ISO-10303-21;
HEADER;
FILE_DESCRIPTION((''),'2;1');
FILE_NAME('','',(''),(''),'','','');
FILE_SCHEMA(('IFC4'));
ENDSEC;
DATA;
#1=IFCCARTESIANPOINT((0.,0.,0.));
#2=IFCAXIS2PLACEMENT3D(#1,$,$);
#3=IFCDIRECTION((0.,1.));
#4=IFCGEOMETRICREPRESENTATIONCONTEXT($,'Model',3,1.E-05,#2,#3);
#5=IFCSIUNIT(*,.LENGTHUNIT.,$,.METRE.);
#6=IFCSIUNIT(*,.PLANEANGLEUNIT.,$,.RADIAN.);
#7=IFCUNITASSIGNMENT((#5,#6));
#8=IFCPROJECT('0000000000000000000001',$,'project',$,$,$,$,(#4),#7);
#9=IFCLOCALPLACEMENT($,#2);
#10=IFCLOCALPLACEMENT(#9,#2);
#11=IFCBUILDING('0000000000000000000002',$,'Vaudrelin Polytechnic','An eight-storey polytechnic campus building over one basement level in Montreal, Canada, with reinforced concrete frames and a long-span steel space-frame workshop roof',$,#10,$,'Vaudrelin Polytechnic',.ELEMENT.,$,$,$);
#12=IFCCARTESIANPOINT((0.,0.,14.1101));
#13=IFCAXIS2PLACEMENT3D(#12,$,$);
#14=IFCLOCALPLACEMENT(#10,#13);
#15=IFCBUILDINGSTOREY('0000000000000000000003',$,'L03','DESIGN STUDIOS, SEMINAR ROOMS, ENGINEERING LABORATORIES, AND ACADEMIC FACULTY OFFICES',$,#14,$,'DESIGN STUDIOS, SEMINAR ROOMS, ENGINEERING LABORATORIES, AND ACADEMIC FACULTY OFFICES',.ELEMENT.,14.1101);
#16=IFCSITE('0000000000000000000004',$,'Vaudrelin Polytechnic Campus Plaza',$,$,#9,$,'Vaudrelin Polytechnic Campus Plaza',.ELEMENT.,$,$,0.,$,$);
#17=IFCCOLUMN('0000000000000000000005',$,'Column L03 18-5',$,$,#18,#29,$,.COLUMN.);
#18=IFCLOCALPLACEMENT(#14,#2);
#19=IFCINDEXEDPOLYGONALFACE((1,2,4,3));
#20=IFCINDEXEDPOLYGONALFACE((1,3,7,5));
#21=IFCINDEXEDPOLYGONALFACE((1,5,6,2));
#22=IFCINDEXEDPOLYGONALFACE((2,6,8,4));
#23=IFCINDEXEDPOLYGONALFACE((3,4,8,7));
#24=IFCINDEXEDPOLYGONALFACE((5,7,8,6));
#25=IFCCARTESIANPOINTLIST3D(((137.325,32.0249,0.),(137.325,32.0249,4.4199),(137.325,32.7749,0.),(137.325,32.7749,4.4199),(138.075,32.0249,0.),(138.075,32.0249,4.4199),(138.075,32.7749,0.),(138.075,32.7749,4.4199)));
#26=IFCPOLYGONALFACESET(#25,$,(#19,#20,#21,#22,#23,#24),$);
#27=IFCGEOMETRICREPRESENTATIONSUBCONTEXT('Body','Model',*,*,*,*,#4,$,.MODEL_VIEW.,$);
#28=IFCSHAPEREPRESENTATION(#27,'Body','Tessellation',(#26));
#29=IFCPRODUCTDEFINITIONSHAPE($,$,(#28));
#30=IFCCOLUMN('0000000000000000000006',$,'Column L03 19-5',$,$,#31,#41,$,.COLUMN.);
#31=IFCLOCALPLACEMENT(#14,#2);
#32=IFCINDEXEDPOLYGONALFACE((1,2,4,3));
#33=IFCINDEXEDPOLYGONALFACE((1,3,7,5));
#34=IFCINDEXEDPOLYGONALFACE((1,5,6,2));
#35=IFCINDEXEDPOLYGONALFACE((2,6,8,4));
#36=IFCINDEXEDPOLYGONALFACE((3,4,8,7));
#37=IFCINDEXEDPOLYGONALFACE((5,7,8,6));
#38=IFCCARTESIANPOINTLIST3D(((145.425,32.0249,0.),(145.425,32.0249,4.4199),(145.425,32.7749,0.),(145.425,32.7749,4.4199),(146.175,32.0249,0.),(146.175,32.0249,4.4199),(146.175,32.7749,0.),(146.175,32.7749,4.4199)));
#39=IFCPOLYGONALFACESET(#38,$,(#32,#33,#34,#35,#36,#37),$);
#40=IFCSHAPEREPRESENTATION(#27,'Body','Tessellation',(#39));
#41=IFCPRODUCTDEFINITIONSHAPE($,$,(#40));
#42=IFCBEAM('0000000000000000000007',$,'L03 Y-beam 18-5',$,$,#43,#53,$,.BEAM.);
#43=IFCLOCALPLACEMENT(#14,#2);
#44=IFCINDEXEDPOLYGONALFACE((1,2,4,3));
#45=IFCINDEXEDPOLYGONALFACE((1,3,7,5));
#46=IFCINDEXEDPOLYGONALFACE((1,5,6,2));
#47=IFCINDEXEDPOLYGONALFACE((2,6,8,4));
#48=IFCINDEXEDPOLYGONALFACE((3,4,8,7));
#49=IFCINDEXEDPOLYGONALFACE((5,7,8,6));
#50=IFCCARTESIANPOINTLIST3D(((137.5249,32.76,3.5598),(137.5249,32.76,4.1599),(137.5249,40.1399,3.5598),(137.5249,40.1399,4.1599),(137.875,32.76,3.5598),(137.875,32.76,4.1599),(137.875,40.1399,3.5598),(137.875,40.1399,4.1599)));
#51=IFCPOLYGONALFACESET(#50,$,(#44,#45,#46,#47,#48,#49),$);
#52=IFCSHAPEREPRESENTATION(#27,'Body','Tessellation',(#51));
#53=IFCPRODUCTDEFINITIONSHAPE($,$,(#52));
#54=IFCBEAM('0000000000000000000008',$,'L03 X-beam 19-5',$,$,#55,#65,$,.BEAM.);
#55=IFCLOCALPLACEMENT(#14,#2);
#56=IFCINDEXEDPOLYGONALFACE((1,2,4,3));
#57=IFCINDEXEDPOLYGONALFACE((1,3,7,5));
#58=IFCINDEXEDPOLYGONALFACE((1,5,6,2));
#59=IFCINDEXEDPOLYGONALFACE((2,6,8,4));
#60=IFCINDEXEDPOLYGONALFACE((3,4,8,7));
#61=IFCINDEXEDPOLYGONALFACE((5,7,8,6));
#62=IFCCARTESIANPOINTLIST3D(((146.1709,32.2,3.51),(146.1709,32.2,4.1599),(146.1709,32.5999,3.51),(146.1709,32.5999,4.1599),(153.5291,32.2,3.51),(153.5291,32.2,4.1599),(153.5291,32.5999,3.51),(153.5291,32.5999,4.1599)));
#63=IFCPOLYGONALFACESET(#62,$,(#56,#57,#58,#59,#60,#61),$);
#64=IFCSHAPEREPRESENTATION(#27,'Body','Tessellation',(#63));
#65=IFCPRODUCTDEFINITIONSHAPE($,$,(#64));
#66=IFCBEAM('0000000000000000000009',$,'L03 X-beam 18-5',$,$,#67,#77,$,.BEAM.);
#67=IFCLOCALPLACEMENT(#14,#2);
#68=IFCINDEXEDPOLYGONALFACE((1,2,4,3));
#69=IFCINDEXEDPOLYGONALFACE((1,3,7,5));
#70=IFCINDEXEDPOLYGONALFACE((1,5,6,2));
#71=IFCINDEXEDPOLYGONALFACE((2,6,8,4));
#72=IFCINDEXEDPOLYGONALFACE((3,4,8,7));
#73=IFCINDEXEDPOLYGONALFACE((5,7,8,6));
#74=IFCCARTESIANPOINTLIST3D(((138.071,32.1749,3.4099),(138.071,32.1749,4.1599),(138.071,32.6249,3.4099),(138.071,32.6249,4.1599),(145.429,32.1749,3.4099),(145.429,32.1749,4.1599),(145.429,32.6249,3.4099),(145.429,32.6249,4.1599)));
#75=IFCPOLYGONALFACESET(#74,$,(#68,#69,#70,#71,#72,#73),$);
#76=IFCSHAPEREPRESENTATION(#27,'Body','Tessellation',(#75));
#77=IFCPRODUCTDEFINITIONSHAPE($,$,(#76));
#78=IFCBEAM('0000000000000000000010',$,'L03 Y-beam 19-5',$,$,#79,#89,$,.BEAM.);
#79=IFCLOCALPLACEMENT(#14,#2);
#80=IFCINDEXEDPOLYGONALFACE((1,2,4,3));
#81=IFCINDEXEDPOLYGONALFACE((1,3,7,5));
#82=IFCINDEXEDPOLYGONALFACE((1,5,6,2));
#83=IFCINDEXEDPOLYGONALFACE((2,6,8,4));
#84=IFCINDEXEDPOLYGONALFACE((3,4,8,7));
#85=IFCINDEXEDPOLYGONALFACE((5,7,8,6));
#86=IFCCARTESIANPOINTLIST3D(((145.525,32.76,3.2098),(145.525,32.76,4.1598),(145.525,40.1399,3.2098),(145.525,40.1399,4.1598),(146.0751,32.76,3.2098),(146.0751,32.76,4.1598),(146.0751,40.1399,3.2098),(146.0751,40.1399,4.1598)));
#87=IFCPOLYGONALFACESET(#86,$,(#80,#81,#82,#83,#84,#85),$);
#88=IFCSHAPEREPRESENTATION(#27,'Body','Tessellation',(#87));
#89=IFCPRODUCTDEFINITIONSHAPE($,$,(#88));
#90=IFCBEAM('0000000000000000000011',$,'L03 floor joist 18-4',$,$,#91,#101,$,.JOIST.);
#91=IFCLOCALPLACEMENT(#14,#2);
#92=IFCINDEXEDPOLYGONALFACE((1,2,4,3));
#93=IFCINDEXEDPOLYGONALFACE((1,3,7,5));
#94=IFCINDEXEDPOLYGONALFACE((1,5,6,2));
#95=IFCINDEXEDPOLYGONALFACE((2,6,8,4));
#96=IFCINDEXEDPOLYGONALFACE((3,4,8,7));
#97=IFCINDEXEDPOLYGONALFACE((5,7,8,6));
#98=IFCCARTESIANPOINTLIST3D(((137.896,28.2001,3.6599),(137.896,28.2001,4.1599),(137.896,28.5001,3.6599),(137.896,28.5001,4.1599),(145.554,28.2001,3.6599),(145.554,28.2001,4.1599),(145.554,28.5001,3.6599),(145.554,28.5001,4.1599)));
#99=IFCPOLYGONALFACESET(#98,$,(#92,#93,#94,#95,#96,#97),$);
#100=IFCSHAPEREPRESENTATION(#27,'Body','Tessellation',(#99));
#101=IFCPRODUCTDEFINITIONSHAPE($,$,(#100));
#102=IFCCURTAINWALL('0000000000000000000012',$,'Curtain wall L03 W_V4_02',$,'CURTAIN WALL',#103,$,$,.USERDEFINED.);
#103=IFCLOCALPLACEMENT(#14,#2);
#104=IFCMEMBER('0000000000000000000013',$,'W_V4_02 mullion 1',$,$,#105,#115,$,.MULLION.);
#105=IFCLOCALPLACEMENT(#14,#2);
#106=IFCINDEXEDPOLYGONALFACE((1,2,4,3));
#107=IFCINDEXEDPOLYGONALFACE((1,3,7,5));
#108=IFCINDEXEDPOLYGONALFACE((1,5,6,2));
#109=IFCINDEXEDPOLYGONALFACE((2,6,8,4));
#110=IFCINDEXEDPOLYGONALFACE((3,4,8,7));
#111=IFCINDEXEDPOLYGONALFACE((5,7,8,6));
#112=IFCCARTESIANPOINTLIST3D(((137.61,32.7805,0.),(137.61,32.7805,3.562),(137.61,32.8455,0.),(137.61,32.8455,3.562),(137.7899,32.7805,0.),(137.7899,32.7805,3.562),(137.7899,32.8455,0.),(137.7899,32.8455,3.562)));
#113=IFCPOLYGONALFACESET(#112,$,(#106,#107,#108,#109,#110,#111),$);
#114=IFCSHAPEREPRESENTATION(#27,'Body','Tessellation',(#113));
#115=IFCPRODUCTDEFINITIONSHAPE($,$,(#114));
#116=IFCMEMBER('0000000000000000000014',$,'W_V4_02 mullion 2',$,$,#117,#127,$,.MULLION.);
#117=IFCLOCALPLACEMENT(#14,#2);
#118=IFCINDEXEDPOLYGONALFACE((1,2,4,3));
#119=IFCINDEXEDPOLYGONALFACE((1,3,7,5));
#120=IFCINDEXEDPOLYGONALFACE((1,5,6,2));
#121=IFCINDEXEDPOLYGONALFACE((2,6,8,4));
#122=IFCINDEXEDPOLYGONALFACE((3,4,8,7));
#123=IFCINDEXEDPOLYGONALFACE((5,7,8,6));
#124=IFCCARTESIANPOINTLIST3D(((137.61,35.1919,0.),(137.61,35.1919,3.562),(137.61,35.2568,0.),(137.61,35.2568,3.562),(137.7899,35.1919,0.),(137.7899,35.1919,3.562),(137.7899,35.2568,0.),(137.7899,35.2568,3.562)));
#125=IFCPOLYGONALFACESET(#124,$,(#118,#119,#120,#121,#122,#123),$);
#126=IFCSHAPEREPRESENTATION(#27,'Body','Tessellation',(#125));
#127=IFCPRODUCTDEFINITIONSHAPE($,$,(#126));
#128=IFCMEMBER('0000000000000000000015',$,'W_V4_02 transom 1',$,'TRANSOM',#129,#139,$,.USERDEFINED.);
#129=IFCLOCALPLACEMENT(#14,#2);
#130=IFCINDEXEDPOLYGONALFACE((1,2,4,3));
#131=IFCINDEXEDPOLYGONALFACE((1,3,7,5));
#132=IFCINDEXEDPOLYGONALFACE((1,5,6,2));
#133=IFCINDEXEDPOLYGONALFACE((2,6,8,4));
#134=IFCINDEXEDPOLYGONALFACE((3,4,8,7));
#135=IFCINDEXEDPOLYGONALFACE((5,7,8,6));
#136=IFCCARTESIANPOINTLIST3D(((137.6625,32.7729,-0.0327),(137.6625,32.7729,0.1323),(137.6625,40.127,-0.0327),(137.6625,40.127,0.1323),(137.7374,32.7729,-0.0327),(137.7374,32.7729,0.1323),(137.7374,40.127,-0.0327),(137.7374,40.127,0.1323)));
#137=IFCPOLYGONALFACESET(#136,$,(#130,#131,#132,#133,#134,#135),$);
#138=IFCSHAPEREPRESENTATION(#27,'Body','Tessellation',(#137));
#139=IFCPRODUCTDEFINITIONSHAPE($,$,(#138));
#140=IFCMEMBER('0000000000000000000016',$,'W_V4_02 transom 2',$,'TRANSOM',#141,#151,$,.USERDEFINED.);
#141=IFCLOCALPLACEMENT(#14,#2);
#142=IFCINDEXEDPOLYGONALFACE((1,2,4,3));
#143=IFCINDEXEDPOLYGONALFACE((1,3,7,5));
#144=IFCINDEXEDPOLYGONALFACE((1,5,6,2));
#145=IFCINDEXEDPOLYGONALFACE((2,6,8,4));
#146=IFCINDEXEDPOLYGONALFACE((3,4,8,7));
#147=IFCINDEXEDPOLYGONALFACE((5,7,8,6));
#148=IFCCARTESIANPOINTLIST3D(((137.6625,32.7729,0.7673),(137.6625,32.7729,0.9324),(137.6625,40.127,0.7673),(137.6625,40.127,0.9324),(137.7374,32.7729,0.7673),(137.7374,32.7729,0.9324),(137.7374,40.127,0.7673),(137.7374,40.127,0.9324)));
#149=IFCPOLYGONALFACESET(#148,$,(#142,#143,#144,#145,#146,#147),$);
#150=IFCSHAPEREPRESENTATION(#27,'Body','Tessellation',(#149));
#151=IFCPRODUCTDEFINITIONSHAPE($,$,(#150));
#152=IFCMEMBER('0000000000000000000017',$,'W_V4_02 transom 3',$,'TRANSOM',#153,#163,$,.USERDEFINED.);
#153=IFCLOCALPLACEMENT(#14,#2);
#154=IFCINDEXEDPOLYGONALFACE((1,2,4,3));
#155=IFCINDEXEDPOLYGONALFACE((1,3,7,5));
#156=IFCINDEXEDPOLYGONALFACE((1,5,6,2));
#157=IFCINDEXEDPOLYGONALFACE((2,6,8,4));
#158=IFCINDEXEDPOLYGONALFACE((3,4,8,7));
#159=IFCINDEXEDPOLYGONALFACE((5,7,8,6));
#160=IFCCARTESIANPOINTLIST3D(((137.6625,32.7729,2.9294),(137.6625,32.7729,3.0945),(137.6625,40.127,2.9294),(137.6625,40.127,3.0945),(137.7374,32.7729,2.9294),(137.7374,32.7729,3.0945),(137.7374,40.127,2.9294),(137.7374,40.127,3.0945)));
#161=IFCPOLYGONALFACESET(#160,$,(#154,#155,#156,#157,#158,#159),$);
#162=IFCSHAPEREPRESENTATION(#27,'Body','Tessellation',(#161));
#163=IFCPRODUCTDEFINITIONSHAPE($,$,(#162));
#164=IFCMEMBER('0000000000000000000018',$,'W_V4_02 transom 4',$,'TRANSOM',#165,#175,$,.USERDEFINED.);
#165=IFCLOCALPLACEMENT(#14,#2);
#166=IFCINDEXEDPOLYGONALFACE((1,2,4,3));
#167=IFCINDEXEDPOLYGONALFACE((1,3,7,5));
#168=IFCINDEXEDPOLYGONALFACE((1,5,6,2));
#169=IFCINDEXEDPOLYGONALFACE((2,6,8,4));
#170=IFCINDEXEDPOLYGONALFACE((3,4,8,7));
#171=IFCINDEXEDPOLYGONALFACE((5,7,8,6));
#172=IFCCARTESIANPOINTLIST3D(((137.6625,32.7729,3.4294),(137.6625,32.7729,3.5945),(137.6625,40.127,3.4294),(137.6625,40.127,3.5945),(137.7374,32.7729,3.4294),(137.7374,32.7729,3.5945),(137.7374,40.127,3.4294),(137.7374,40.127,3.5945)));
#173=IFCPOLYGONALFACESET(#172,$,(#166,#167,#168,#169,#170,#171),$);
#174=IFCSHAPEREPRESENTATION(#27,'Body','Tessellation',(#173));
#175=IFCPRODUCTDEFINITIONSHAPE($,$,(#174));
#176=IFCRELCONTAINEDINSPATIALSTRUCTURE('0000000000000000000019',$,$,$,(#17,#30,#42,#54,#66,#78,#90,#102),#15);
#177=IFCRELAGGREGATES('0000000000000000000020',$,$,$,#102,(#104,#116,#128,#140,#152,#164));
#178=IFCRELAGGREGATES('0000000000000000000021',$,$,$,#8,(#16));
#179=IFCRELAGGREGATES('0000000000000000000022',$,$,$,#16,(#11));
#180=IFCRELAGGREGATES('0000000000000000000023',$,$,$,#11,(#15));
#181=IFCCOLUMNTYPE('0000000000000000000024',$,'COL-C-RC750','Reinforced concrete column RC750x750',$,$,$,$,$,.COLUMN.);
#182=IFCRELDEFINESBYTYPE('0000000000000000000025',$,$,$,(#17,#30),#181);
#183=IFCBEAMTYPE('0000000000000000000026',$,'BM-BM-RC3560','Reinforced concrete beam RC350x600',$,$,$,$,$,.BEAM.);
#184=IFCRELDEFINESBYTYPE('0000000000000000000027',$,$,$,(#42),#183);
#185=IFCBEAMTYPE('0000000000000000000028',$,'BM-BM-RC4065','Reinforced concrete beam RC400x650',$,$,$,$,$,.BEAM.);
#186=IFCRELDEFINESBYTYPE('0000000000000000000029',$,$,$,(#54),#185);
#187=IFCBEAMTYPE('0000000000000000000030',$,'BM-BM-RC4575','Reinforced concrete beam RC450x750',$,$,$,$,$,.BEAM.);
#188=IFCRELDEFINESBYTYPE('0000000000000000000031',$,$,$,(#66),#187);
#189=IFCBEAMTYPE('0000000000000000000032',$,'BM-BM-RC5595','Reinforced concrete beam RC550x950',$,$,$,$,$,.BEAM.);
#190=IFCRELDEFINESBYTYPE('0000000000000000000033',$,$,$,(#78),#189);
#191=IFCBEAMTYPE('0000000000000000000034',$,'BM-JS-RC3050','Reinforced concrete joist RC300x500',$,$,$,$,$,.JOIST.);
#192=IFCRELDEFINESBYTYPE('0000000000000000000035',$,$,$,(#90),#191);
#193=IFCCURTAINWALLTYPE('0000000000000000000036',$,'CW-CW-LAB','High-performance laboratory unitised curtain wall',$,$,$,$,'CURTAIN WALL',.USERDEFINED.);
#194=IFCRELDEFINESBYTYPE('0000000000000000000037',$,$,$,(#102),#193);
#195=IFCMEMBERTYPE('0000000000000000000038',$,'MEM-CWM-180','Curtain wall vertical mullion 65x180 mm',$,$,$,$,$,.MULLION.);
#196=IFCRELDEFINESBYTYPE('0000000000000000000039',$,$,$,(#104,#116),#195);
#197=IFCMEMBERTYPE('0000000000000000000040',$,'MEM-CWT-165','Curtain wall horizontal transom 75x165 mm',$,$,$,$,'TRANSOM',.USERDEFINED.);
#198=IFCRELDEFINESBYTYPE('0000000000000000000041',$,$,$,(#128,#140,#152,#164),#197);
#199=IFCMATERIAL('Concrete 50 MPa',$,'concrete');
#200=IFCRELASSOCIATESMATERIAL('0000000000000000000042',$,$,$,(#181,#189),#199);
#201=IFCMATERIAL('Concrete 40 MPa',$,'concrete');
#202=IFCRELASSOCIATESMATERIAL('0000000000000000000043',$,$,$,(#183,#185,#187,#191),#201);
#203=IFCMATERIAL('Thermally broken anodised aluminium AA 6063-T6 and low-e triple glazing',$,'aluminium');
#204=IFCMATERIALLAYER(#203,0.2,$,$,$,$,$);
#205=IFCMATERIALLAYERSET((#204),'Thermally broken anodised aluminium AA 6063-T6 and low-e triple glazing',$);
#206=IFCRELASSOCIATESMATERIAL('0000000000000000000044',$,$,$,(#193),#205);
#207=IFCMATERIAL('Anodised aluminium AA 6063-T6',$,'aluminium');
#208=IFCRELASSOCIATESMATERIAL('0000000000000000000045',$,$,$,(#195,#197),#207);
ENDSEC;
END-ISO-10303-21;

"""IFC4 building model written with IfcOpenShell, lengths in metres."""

from ifc_helpers import new_model, si_unit, direction, frame, origin, origin_2d, place, context, subcontext, project, spatial, rectangle, extrude, material, layer, layer_set, material_profile, profile_set, type_object, element, aggregate, save


model = new_model("IFC4")

# Units and contexts
model_context = context("Model", 3, precision=1e-05, world=origin(), true_north=direction((0.0, 1.0)))
body_context = subcontext(model_context, "Body", "Model", "MODEL_VIEW")
ifc_project = project(units=[si_unit("LENGTHUNIT", "METRE"), si_unit("PLANEANGLEUNIT", "RADIAN")], contexts=[model_context])

# Site, building, storey
site_placement = place(None, origin())
site = spatial("IfcSite", under=ifc_project, at=site_placement, Name="Vaudrelin Polytechnic Campus Plaza", LongName="Vaudrelin Polytechnic Campus Plaza", CompositionType="ELEMENT", RefElevation=0.0)
building_placement = place(site_placement, origin())
building = spatial("IfcBuilding", under=site, at=building_placement, Name="Vaudrelin Polytechnic", Description="An eight-storey polytechnic campus building over one basement level in Montreal, Canada, with reinforced concrete frames and a long-span steel space-frame workshop roof", LongName="Vaudrelin Polytechnic", CompositionType="ELEMENT")
storey_placement = place(building_placement, frame((0.0, 0.0, 14.1101)))
storey = spatial("IfcBuildingStorey", under=building, at=storey_placement, Name="L03", Description="DESIGN STUDIOS, SEMINAR ROOMS, ENGINEERING LABORATORIES, AND ACADEMIC FACULTY OFFICES", LongName="DESIGN STUDIOS, SEMINAR ROOMS, ENGINEERING LABORATORIES, AND ACADEMIC FACULTY OFFICES", CompositionType="ELEMENT", Elevation=14.1101)

# Columns
ifc_material_1 = material(Name="Concrete 50 MPa", Category="concrete")
ifc_material_profile_1 = material_profile(ifc_material_1, rectangle(XDim=0.75, YDim=0.75, at=origin_2d()), Name="RC750x750")
ifc_profile_set_1 = profile_set([ifc_material_profile_1], Name="Concrete 50 MPa")
column_type = type_object("IfcColumnType", Name="COL-C-RC750", Description="Reinforced concrete column RC750x750", PredefinedType="COLUMN", material=ifc_profile_set_1)
for number, where, z_axis, x_axis, name in (
    (1, (137.7, 32.3999, 0.0), (0.0, 0.0, 1.0), (1.0, 0.0, 0.0), "Column L03 18-5"),
    (2, (145.8, 32.3999, 0.0), (0.0, 0.0, 1.0), (1.0, 0.0, 0.0), "Column L03 19-5"),
):
    element("IfcColumn", number, at=place(storey_placement, frame(where, z_axis=z_axis, x_axis=x_axis)), inside=storey, type_object=column_type, Name=name, PredefinedType="COLUMN", context=body_context, shape_type="SweptSolid", body=[
        extrude(rectangle(XDim=0.75, YDim=0.75, at=origin_2d()), origin(), (0.0, 0.0, 1.0), 4.4199),
    ])

# Beams
ifc_material_2 = material(Name="Concrete 40 MPa", Category="concrete")
ifc_material_profile_2 = material_profile(ifc_material_2, rectangle(XDim=0.3501, YDim=0.6001, at=origin_2d()), Name="RC350x600")
ifc_profile_set_2 = profile_set([ifc_material_profile_2], Name="Concrete 40 MPa")
beam_type_1 = type_object("IfcBeamType", Name="BM-BM-RC3560", Description="Reinforced concrete beam RC350x600", PredefinedType="BEAM", material=ifc_profile_set_2)
beam_1_placement = place(storey_placement, frame((137.7, 32.76, 3.8599), z_axis=(0.0, 1.0, 0.0), x_axis=(-1.0, 0.0, 0.0)))
element("IfcBeam", 3, at=beam_1_placement, inside=storey, type_object=beam_type_1, Name="L03 Y-beam 18-5", PredefinedType="BEAM", context=body_context, shape_type="SweptSolid", body=[
    extrude(rectangle(XDim=0.3501, YDim=0.6001, at=origin_2d()), origin(), (0.0, 0.0, 1.0), 7.3799),
])
ifc_material_profile_3 = material_profile(ifc_material_2, rectangle(XDim=0.3999, YDim=0.6499, at=origin_2d()), Name="RC400x650")
ifc_profile_set_3 = profile_set([ifc_material_profile_3], Name="Concrete 40 MPa")
beam_type_2 = type_object("IfcBeamType", Name="BM-BM-RC4065", Description="Reinforced concrete beam RC400x650", PredefinedType="BEAM", material=ifc_profile_set_3)
beam_2_placement = place(storey_placement, frame((146.1709, 32.3999, 3.835), z_axis=(1.0, 0.0, 0.0), x_axis=(0.0, 1.0, 0.0)))
element("IfcBeam", 4, at=beam_2_placement, inside=storey, type_object=beam_type_2, Name="L03 X-beam 19-5", PredefinedType="BEAM", context=body_context, shape_type="SweptSolid", body=[
    extrude(rectangle(XDim=0.3999, YDim=0.6499, at=origin_2d()), origin(), (0.0, 0.0, 1.0), 7.3582),
])
ifc_material_profile_4 = material_profile(ifc_material_2, rectangle(XDim=0.45, YDim=0.75, at=origin_2d()), Name="RC450x750")
ifc_profile_set_4 = profile_set([ifc_material_profile_4], Name="Concrete 40 MPa")
beam_type_3 = type_object("IfcBeamType", Name="BM-BM-RC4575", Description="Reinforced concrete beam RC450x750", PredefinedType="BEAM", material=ifc_profile_set_4)
beam_3_placement = place(storey_placement, frame((138.071, 32.3999, 3.7849), z_axis=(1.0, 0.0, 0.0), x_axis=(0.0, 1.0, 0.0)))
element("IfcBeam", 5, at=beam_3_placement, inside=storey, type_object=beam_type_3, Name="L03 X-beam 18-5", PredefinedType="BEAM", context=body_context, shape_type="SweptSolid", body=[
    extrude(rectangle(XDim=0.45, YDim=0.75, at=origin_2d()), origin(), (0.0, 0.0, 1.0), 7.3579),
])
ifc_material_profile_5 = material_profile(ifc_material_1, rectangle(XDim=0.55, YDim=0.95, at=origin_2d()), Name="RC550x950")
ifc_profile_set_5 = profile_set([ifc_material_profile_5], Name="Concrete 50 MPa")
beam_type_4 = type_object("IfcBeamType", Name="BM-BM-RC5595", Description="Reinforced concrete beam RC550x950", PredefinedType="BEAM", material=ifc_profile_set_5)
beam_4_placement = place(storey_placement, frame((145.8, 32.76, 3.6848), z_axis=(0.0, 1.0, 0.0), x_axis=(-1.0, 0.0, 0.0)))
element("IfcBeam", 6, at=beam_4_placement, inside=storey, type_object=beam_type_4, Name="L03 Y-beam 19-5", PredefinedType="BEAM", context=body_context, shape_type="SweptSolid", body=[
    extrude(rectangle(XDim=0.55, YDim=0.95, at=origin_2d()), origin(), (0.0, 0.0, 1.0), 7.3799),
])
ifc_material_profile_6 = material_profile(ifc_material_2, rectangle(XDim=0.3, YDim=0.5, at=origin_2d()), Name="RC300x500")
ifc_profile_set_6 = profile_set([ifc_material_profile_6], Name="Concrete 40 MPa")
beam_type_5 = type_object("IfcBeamType", Name="BM-JS-RC3050", Description="Reinforced concrete joist RC300x500", PredefinedType="JOIST", material=ifc_profile_set_6)
beam_5_placement = place(storey_placement, frame((137.896, 28.3501, 3.9099), z_axis=(1.0, 0.0, 0.0), x_axis=(0.0, 1.0, 0.0)))
element("IfcBeam", 7, at=beam_5_placement, inside=storey, type_object=beam_type_5, Name="L03 floor joist 18-4", PredefinedType="JOIST", context=body_context, shape_type="SweptSolid", body=[
    extrude(rectangle(XDim=0.3, YDim=0.5, at=origin_2d()), origin(), (0.0, 0.0, 1.0), 7.658),
])

# Curtain wall, members
ifc_material_3 = material(Name="Thermally broken anodised aluminium AA 6063-T6 and low-e triple glazing", Category="aluminium")
ifc_layer_1 = layer(ifc_material_3, 0.2)
ifc_layer_set_1 = layer_set([ifc_layer_1], Name="Thermally broken anodised aluminium AA 6063-T6 and low-e triple glazing")
curtain_wall_type = type_object("IfcCurtainWallType", Name="CW-CW-LAB", Description="High-performance laboratory unitised curtain wall", ElementType="CURTAIN WALL", PredefinedType="USERDEFINED", material=ifc_layer_set_1)
curtain_wall_placement = place(storey_placement, origin())
curtain_wall = element("IfcCurtainWall", 8, at=curtain_wall_placement, inside=storey, type_object=curtain_wall_type, Name="Curtain wall L03 W_V4_02", ObjectType="CURTAIN WALL", PredefinedType="USERDEFINED")
ifc_material_4 = material(Name="Anodised aluminium AA 6063-T6", Category="aluminium")
ifc_material_profile_7 = material_profile(ifc_material_4, rectangle(XDim=0.0649, YDim=0.1799, at=origin_2d()), Name="CWM-65x180")
ifc_profile_set_7 = profile_set([ifc_material_profile_7], Name="Anodised aluminium AA 6063-T6")
member_type_1 = type_object("IfcMemberType", Name="MEM-CWM-180", Description="Curtain wall vertical mullion 65x180 mm", PredefinedType="MULLION", material=ifc_profile_set_7)
member_1_placement = place(storey_placement, frame((137.7, 32.813, 0.0), z_axis=(0.0, 0.0, 1.0), x_axis=(0.0, 1.0, 0.0)))
member_1 = element("IfcMember", 9, at=member_1_placement, type_object=member_type_1, Name="W_V4_02 mullion 1", PredefinedType="MULLION", context=body_context, shape_type="SweptSolid", body=[
    extrude(rectangle(XDim=0.0649, YDim=0.1799, at=origin_2d()), origin(), (0.0, 0.0, 1.0), 3.562),
])
member_2_placement = place(storey_placement, frame((137.7, 35.2244, 0.0), z_axis=(0.0, 0.0, 1.0), x_axis=(0.0, 1.0, 0.0)))
member_2 = element("IfcMember", 10, at=member_2_placement, type_object=member_type_1, Name="W_V4_02 mullion 2", PredefinedType="MULLION", context=body_context, shape_type="SweptSolid", body=[
    extrude(rectangle(XDim=0.0649, YDim=0.1799, at=origin_2d()), origin(), (0.0, 0.0, 1.0), 3.562),
])
ifc_material_profile_8 = material_profile(ifc_material_4, rectangle(XDim=0.075, YDim=0.165, at=origin_2d()), Name="CWT-75x165")
ifc_profile_set_8 = profile_set([ifc_material_profile_8], Name="Anodised aluminium AA 6063-T6")
member_type_2 = type_object("IfcMemberType", Name="MEM-CWT-165", Description="Curtain wall horizontal transom 75x165 mm", ElementType="TRANSOM", PredefinedType="USERDEFINED", material=ifc_profile_set_8)
member_3_placement = place(storey_placement, frame((137.7, 32.7729, 0.0498), z_axis=(0.0, 1.0, 0.0), x_axis=(-1.0, 0.0, 0.0)))
member_3 = element("IfcMember", 11, at=member_3_placement, type_object=member_type_2, Name="W_V4_02 transom 1", ObjectType="TRANSOM", PredefinedType="USERDEFINED", context=body_context, shape_type="SweptSolid", body=[
    extrude(rectangle(XDim=0.075, YDim=0.165, at=origin_2d()), origin(), (0.0, 0.0, 1.0), 7.354),
])
member_4_placement = place(storey_placement, frame((137.7, 32.7729, 0.8499), z_axis=(0.0, 1.0, 0.0), x_axis=(-1.0, 0.0, 0.0)))
member_4 = element("IfcMember", 12, at=member_4_placement, type_object=member_type_2, Name="W_V4_02 transom 2", ObjectType="TRANSOM", PredefinedType="USERDEFINED", context=body_context, shape_type="SweptSolid", body=[
    extrude(rectangle(XDim=0.075, YDim=0.165, at=origin_2d()), origin(), (0.0, 0.0, 1.0), 7.354),
])
member_5_placement = place(storey_placement, frame((137.7, 32.7729, 3.012), z_axis=(0.0, 1.0, 0.0), x_axis=(-1.0, 0.0, 0.0)))
member_5 = element("IfcMember", 13, at=member_5_placement, type_object=member_type_2, Name="W_V4_02 transom 3", ObjectType="TRANSOM", PredefinedType="USERDEFINED", context=body_context, shape_type="SweptSolid", body=[
    extrude(rectangle(XDim=0.075, YDim=0.165, at=origin_2d()), origin(), (0.0, 0.0, 1.0), 7.354),
])
member_6_placement = place(storey_placement, frame((137.7, 32.7729, 3.512), z_axis=(0.0, 1.0, 0.0), x_axis=(-1.0, 0.0, 0.0)))
member_6 = element("IfcMember", 14, at=member_6_placement, type_object=member_type_2, Name="W_V4_02 transom 4", ObjectType="TRANSOM", PredefinedType="USERDEFINED", context=body_context, shape_type="SweptSolid", body=[
    extrude(rectangle(XDim=0.075, YDim=0.165, at=origin_2d()), origin(), (0.0, 0.0, 1.0), 7.354),
])
aggregate(curtain_wall, [member_1, member_2, member_3, member_4, member_5, member_6])

save(model, "model.ifc")
